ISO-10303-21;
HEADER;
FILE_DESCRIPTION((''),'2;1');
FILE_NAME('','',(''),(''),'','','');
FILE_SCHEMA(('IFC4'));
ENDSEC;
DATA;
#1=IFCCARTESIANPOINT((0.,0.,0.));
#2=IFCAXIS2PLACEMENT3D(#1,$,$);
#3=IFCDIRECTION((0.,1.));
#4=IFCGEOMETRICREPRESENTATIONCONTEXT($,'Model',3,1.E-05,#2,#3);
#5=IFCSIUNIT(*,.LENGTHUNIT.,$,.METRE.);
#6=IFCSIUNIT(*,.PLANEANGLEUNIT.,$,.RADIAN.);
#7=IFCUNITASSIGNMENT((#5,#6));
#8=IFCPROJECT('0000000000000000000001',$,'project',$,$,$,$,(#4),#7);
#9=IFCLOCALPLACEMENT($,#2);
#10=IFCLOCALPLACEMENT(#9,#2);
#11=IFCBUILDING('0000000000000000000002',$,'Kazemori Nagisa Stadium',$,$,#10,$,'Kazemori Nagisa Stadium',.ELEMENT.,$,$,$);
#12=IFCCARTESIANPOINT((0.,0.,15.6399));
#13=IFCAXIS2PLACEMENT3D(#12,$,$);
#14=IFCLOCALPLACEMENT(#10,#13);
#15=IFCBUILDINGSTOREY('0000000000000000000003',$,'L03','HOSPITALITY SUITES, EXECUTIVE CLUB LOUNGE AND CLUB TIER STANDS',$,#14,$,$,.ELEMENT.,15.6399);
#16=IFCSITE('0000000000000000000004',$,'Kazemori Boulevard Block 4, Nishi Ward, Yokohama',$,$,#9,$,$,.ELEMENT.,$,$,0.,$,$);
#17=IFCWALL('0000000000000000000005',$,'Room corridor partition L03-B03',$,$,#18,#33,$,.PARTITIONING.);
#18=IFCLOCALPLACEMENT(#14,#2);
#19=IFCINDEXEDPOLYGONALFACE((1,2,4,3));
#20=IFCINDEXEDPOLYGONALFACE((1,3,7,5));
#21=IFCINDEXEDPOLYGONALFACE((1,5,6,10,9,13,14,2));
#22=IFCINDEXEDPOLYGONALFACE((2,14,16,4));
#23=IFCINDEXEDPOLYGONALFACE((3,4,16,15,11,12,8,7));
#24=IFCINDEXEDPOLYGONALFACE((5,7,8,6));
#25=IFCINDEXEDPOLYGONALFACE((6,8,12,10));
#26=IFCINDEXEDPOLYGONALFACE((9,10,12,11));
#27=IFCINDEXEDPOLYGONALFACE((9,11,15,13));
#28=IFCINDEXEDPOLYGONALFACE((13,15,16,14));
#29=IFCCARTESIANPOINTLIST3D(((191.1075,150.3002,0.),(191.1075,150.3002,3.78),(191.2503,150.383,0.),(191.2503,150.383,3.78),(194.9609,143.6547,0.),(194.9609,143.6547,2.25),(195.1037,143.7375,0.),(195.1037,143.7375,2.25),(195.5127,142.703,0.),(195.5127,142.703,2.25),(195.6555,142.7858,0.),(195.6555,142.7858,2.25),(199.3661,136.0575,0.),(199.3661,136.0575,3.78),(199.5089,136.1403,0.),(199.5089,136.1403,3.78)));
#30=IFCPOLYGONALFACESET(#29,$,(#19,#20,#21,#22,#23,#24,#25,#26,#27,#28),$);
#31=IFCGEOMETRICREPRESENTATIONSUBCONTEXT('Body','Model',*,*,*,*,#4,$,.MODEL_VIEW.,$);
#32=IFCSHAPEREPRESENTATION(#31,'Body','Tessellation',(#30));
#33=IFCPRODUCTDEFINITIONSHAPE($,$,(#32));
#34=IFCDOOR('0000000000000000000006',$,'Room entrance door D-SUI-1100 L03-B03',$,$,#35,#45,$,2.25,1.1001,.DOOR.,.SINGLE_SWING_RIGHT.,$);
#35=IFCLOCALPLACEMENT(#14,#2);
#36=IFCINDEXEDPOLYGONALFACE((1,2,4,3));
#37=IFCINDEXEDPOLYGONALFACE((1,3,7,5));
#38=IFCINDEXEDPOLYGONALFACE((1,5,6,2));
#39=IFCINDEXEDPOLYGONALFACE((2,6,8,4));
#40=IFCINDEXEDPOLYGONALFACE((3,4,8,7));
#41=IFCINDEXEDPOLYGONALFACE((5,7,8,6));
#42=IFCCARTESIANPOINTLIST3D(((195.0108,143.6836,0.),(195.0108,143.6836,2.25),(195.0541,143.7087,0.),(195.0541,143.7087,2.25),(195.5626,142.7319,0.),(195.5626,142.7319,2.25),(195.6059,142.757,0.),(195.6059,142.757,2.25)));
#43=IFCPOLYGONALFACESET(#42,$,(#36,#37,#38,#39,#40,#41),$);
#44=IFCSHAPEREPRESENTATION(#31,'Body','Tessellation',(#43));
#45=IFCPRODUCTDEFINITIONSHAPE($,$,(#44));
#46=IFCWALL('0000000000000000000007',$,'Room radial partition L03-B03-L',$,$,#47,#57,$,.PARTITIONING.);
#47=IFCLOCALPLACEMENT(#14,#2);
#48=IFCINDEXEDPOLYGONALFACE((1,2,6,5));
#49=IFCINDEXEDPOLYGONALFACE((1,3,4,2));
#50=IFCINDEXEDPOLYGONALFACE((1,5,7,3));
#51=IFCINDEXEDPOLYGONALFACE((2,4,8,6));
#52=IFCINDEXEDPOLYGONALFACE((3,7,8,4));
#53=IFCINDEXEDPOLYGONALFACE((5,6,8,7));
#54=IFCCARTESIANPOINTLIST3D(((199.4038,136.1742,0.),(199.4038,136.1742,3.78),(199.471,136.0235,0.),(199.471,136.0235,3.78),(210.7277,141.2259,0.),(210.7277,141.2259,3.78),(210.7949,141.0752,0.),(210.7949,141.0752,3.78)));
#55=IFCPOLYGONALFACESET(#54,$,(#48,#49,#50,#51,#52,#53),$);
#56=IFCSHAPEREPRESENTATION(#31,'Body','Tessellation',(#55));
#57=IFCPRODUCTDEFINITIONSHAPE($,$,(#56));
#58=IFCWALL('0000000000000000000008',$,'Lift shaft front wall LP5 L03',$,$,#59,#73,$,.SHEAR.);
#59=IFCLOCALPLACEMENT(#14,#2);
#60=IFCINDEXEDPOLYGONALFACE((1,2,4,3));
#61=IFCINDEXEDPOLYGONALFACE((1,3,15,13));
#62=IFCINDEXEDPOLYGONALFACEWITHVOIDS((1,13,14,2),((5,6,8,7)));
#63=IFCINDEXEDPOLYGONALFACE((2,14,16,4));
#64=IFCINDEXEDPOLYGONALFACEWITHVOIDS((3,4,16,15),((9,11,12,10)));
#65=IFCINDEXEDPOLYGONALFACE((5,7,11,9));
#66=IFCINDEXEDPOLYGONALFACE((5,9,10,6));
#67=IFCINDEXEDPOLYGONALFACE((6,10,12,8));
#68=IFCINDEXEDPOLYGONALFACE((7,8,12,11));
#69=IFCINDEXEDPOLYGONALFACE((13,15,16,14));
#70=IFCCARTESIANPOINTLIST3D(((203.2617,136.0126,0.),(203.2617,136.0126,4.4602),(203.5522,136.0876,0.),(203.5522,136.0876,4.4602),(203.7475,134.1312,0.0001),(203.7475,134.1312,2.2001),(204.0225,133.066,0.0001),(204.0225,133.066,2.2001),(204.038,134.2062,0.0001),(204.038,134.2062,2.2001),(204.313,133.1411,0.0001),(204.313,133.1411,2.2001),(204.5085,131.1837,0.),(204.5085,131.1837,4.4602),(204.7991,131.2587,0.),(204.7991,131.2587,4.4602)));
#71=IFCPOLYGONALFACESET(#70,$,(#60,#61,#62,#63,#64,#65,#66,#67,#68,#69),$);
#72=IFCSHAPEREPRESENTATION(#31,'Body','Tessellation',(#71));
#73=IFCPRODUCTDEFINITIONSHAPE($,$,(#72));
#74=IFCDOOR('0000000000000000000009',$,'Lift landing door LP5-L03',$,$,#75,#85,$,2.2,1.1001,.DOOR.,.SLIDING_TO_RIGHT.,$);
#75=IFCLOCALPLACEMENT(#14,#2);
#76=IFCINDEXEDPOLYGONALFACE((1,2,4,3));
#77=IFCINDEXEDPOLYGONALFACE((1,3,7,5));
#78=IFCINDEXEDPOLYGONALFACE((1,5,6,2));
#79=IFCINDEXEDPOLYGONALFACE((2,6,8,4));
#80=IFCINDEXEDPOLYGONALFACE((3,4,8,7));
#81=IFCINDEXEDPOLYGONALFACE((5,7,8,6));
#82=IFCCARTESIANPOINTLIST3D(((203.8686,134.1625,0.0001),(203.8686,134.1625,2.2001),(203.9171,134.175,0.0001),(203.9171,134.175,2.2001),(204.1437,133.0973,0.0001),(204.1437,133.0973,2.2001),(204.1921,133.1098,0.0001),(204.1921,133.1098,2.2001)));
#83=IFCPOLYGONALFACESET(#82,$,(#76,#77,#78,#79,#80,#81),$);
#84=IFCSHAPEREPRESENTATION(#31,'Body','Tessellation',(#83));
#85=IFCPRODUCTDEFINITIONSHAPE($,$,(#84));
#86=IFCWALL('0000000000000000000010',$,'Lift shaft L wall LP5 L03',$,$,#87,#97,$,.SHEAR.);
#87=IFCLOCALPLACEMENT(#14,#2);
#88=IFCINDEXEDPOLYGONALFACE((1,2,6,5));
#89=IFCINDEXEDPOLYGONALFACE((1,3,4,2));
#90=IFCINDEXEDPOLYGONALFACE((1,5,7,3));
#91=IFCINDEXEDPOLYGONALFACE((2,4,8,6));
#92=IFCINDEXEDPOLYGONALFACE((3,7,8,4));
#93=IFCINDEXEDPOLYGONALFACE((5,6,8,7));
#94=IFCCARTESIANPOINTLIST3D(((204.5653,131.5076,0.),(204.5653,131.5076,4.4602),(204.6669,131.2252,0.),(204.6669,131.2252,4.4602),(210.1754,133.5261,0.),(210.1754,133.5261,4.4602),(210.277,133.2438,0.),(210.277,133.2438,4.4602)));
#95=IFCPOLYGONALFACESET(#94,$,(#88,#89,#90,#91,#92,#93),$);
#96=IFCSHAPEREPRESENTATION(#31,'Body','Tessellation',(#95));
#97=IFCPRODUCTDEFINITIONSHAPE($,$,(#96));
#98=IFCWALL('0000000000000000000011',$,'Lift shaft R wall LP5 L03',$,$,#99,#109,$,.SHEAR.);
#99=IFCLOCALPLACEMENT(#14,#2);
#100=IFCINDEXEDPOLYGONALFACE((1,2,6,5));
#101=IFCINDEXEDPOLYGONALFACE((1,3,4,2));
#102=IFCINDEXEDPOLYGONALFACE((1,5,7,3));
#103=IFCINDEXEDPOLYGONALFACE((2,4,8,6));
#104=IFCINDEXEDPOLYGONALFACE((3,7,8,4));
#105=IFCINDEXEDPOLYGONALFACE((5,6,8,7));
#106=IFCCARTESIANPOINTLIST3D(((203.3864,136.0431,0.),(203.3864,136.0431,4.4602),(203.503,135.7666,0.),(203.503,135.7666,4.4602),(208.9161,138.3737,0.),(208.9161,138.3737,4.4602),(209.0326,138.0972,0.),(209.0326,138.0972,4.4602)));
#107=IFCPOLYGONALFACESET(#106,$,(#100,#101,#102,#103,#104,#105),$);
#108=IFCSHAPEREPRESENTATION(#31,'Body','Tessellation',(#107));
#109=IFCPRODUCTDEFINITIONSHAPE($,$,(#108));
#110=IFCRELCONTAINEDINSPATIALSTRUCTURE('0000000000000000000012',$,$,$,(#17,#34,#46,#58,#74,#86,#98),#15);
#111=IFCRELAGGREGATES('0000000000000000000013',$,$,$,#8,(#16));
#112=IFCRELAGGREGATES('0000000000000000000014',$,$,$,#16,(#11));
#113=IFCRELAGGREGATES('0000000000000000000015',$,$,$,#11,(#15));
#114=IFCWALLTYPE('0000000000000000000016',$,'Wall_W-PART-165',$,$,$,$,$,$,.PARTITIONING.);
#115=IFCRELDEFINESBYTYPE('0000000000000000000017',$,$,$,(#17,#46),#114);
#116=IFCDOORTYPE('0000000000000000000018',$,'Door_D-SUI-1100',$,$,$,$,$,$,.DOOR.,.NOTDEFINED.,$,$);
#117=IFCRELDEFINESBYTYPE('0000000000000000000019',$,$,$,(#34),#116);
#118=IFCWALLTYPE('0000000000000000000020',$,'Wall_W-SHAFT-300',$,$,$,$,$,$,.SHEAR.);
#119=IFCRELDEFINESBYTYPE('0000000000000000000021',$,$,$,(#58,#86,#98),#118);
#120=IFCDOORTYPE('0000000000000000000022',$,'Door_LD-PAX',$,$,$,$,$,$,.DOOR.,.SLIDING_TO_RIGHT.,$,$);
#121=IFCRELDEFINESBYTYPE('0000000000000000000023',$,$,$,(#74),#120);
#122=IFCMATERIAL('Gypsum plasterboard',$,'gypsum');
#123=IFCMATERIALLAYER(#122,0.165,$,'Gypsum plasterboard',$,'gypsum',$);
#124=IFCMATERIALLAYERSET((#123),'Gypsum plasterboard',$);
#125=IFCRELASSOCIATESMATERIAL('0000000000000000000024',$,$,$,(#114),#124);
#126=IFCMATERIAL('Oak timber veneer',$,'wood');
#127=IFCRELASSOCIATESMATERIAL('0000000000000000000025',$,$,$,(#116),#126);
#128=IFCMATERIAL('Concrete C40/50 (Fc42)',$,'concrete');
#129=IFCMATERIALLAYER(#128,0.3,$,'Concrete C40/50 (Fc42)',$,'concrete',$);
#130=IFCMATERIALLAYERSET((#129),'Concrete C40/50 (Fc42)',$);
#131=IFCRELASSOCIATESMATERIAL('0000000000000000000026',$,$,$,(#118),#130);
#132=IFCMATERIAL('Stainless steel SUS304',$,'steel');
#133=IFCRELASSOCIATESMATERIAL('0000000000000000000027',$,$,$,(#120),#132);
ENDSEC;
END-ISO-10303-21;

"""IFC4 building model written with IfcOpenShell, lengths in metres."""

from ifc_helpers import new_model, si_unit, direction, frame, frame_2d, origin, place, context, subcontext, project, spatial, rectangle, extrude, material, layer, layer_set, type_object, element, fill, save


model = new_model("IFC4")

# Units and contexts
model_context = context("Model", 3, precision=1e-05, world=origin(), true_north=direction((0.0, 1.0)))
body_context = subcontext(model_context, "Body", "Model", "MODEL_VIEW")
ifc_project = project(units=[si_unit("LENGTHUNIT", "METRE"), si_unit("PLANEANGLEUNIT", "RADIAN")], contexts=[model_context])

# Site, building, storey
site_placement = place(None, origin())
site = spatial("IfcSite", under=ifc_project, at=site_placement, Name="Kazemori Boulevard Block 4, Nishi Ward, Yokohama", CompositionType="ELEMENT", RefElevation=0.0)
building_placement = place(site_placement, origin())
building = spatial("IfcBuilding", under=site, at=building_placement, Name="Kazemori Nagisa Stadium", LongName="Kazemori Nagisa Stadium", CompositionType="ELEMENT")
storey_placement = place(building_placement, frame((0.0, 0.0, 15.6399)))
storey = spatial("IfcBuildingStorey", under=building, at=storey_placement, Name="L03", Description="HOSPITALITY SUITES, EXECUTIVE CLUB LOUNGE AND CLUB TIER STANDS", CompositionType="ELEMENT", Elevation=15.6399)

# Shared definitions
ifc_material_1 = material(Name="Concrete C40/50 (Fc42)", Category="concrete")

# Wall, opening, door
ifc_material_2 = material(Name="Gypsum plasterboard", Category="gypsum")
ifc_layer_1 = layer(ifc_material_2, 0.165, Name="Gypsum plasterboard", Category="gypsum")
ifc_layer_set_1 = layer_set([ifc_layer_1], Name="Gypsum plasterboard")
wall_type_1 = type_object("IfcWallType", Name="Wall_W-PART-165", PredefinedType="PARTITIONING", material=ifc_layer_set_1)
wall_1_placement = place(storey_placement, frame((199.4375, 136.0989, 0.0), z_axis=(0.0, 0.0, 1.0), x_axis=(-0.501618, 0.865089, 0.0)))
wall_1 = element("IfcWall", 1, at=wall_1_placement, inside=storey, type_object=wall_type_1, Name="Room corridor partition L03-B03", PredefinedType="PARTITIONING", context=body_context, shape_type="SweptSolid", body=[
    extrude(rectangle(XDim=16.4639, YDim=0.165, at=frame_2d((8.2319, 0.0))), origin(), (0.0, 0.0, 1.0), 3.78),
])
opening_1_placement = place(wall_1_placement, frame((7.6819, 0.0, 0.0)))
opening_1 = element("IfcOpeningElement", 2, at=opening_1_placement, cuts=wall_1, PredefinedType="OPENING", context=body_context, shape_type="SweptSolid", body=[
    extrude(rectangle(XDim=1.1001, YDim=2.25, at=frame_2d((0.55, 1.125))), frame((0.0, 0.0925, 0.0), z_axis=(0.0, -1.0, 0.0), x_axis=(1.0, 0.0, 0.0)), (0.0, 0.0, 1.0), 0.1851),
])
ifc_material_3 = material(Name="Oak timber veneer", Category="wood")
door_type_1 = type_object("IfcDoorType", Name="Door_D-SUI-1100", OperationType="NOTDEFINED", PredefinedType="DOOR", material=ifc_material_3)
door_1_placement = place(opening_1_placement, origin())
door_1 = element("IfcDoor", 3, at=door_1_placement, inside=storey, type_object=door_type_1, Name="Room entrance door D-SUI-1100 L03-B03", OperationType="SINGLE_SWING_RIGHT", OverallHeight=2.25, OverallWidth=1.1001, PredefinedType="DOOR", context=body_context, shape_type="SweptSolid", body=[
    extrude(rectangle(XDim=1.1001, YDim=2.25, at=frame_2d((0.55, 1.125))), frame((0.0, 0.0249, 0.0), z_axis=(0.0, -1.0, 0.0), x_axis=(1.0, 0.0, 0.0)), (0.0, 0.0, 1.0), 0.05),
])
fill(opening_1, door_1)

# Wall
wall_2_placement = place(storey_placement, frame((199.4375, 136.0989, 0.0), z_axis=(0.0, 0.0, 1.0), x_axis=(0.913246, 0.40741, 0.0)))
element("IfcWall", 4, at=wall_2_placement, inside=storey, type_object=wall_type_1, Name="Room radial partition L03-B03-L", PredefinedType="PARTITIONING", context=body_context, shape_type="SweptSolid", body=[
    extrude(rectangle(XDim=12.3997, YDim=0.165, at=frame_2d((6.1997, 0.0))), origin(), (0.0, 0.0, 1.0), 3.78),
])

# Wall, opening, door
ifc_layer_2 = layer(ifc_material_1, 0.3, Name="Concrete C40/50 (Fc42)", Category="concrete")
ifc_layer_set_2 = layer_set([ifc_layer_2], Name="Concrete C40/50 (Fc42)")
wall_type_2 = type_object("IfcWallType", Name="Wall_W-SHAFT-300", PredefinedType="SHEAR", material=ifc_layer_set_2)
wall_3_placement = place(storey_placement, frame((204.6538, 131.2212, 0.0), z_axis=(0.0, 0.0, 1.0), x_axis=(-0.250004, 0.968245, 0.0)))
wall_3 = element("IfcWall", 5, at=wall_3_placement, inside=storey, type_object=wall_type_2, Name="Lift shaft front wall LP5 L03", PredefinedType="SHEAR", context=body_context, shape_type="SweptSolid", body=[
    extrude(rectangle(XDim=4.9873, YDim=0.3, at=frame_2d((2.4937, 0.0))), origin(), (0.0, 0.0, 1.0), 4.4602),
])
opening_2_placement = place(wall_3_placement, frame((1.9441, 0.0, 0.0)))
opening_2 = element("IfcOpeningElement", 6, at=opening_2_placement, cuts=wall_3, PredefinedType="OPENING", context=body_context, shape_type="SweptSolid", body=[
    extrude(rectangle(XDim=1.1001, YDim=2.2, at=frame_2d((0.55, 1.1001))), frame((0.0, 0.1599, 0.0), z_axis=(0.0, -1.0, 0.0), x_axis=(1.0, 0.0, 0.0)), (0.0, 0.0, 1.0), 0.3201),
])
ifc_material_4 = material(Name="Stainless steel SUS304", Category="steel")
door_type_2 = type_object("IfcDoorType", Name="Door_LD-PAX", OperationType="SLIDING_TO_RIGHT", PredefinedType="DOOR", material=ifc_material_4)
door_2_placement = place(opening_2_placement, origin())
door_2 = element("IfcDoor", 7, at=door_2_placement, inside=storey, type_object=door_type_2, Name="Lift landing door LP5-L03", OperationType="SLIDING_TO_RIGHT", OverallHeight=2.2, OverallWidth=1.1001, PredefinedType="DOOR", context=body_context, shape_type="SweptSolid", body=[
    extrude(rectangle(XDim=1.1001, YDim=2.2, at=frame_2d((0.55, 1.1001))), frame((0.0, 0.0249, 0.0), z_axis=(0.0, -1.0, 0.0), x_axis=(1.0, 0.0, 0.0)), (0.0, 0.0, 1.0), 0.05),
])
fill(opening_2, door_2)

# Walls
wall_4_placement = place(storey_placement, frame((204.6162, 131.3665, 0.0), z_axis=(0.0, 0.0, 1.0), x_axis=(0.940945, 0.338559, 0.0)))
element("IfcWall", 8, at=wall_4_placement, inside=storey, type_object=wall_type_2, Name="Lift shaft L wall LP5 L03", PredefinedType="SHEAR", context=body_context, shape_type="SweptSolid", body=[
    extrude(rectangle(XDim=5.9622, YDim=0.3, at=frame_2d((2.981, 0.0))), origin(), (0.0, 0.0, 1.0), 4.4602),
])
wall_5_placement = place(storey_placement, frame((203.4446, 135.9048, 0.0), z_axis=(0.0, 0.0, 1.0), x_axis=(0.921496, 0.388388, 0.0)))
element("IfcWall", 9, at=wall_5_placement, inside=storey, type_object=wall_type_2, Name="Lift shaft R wall LP5 L03", PredefinedType="SHEAR", context=body_context, shape_type="SweptSolid", body=[
    extrude(rectangle(XDim=6.0007, YDim=0.3, at=frame_2d((3.0005, 0.0))), origin(), (0.0, 0.0, 1.0), 4.4602),
])

save(model, "model.ifc")
